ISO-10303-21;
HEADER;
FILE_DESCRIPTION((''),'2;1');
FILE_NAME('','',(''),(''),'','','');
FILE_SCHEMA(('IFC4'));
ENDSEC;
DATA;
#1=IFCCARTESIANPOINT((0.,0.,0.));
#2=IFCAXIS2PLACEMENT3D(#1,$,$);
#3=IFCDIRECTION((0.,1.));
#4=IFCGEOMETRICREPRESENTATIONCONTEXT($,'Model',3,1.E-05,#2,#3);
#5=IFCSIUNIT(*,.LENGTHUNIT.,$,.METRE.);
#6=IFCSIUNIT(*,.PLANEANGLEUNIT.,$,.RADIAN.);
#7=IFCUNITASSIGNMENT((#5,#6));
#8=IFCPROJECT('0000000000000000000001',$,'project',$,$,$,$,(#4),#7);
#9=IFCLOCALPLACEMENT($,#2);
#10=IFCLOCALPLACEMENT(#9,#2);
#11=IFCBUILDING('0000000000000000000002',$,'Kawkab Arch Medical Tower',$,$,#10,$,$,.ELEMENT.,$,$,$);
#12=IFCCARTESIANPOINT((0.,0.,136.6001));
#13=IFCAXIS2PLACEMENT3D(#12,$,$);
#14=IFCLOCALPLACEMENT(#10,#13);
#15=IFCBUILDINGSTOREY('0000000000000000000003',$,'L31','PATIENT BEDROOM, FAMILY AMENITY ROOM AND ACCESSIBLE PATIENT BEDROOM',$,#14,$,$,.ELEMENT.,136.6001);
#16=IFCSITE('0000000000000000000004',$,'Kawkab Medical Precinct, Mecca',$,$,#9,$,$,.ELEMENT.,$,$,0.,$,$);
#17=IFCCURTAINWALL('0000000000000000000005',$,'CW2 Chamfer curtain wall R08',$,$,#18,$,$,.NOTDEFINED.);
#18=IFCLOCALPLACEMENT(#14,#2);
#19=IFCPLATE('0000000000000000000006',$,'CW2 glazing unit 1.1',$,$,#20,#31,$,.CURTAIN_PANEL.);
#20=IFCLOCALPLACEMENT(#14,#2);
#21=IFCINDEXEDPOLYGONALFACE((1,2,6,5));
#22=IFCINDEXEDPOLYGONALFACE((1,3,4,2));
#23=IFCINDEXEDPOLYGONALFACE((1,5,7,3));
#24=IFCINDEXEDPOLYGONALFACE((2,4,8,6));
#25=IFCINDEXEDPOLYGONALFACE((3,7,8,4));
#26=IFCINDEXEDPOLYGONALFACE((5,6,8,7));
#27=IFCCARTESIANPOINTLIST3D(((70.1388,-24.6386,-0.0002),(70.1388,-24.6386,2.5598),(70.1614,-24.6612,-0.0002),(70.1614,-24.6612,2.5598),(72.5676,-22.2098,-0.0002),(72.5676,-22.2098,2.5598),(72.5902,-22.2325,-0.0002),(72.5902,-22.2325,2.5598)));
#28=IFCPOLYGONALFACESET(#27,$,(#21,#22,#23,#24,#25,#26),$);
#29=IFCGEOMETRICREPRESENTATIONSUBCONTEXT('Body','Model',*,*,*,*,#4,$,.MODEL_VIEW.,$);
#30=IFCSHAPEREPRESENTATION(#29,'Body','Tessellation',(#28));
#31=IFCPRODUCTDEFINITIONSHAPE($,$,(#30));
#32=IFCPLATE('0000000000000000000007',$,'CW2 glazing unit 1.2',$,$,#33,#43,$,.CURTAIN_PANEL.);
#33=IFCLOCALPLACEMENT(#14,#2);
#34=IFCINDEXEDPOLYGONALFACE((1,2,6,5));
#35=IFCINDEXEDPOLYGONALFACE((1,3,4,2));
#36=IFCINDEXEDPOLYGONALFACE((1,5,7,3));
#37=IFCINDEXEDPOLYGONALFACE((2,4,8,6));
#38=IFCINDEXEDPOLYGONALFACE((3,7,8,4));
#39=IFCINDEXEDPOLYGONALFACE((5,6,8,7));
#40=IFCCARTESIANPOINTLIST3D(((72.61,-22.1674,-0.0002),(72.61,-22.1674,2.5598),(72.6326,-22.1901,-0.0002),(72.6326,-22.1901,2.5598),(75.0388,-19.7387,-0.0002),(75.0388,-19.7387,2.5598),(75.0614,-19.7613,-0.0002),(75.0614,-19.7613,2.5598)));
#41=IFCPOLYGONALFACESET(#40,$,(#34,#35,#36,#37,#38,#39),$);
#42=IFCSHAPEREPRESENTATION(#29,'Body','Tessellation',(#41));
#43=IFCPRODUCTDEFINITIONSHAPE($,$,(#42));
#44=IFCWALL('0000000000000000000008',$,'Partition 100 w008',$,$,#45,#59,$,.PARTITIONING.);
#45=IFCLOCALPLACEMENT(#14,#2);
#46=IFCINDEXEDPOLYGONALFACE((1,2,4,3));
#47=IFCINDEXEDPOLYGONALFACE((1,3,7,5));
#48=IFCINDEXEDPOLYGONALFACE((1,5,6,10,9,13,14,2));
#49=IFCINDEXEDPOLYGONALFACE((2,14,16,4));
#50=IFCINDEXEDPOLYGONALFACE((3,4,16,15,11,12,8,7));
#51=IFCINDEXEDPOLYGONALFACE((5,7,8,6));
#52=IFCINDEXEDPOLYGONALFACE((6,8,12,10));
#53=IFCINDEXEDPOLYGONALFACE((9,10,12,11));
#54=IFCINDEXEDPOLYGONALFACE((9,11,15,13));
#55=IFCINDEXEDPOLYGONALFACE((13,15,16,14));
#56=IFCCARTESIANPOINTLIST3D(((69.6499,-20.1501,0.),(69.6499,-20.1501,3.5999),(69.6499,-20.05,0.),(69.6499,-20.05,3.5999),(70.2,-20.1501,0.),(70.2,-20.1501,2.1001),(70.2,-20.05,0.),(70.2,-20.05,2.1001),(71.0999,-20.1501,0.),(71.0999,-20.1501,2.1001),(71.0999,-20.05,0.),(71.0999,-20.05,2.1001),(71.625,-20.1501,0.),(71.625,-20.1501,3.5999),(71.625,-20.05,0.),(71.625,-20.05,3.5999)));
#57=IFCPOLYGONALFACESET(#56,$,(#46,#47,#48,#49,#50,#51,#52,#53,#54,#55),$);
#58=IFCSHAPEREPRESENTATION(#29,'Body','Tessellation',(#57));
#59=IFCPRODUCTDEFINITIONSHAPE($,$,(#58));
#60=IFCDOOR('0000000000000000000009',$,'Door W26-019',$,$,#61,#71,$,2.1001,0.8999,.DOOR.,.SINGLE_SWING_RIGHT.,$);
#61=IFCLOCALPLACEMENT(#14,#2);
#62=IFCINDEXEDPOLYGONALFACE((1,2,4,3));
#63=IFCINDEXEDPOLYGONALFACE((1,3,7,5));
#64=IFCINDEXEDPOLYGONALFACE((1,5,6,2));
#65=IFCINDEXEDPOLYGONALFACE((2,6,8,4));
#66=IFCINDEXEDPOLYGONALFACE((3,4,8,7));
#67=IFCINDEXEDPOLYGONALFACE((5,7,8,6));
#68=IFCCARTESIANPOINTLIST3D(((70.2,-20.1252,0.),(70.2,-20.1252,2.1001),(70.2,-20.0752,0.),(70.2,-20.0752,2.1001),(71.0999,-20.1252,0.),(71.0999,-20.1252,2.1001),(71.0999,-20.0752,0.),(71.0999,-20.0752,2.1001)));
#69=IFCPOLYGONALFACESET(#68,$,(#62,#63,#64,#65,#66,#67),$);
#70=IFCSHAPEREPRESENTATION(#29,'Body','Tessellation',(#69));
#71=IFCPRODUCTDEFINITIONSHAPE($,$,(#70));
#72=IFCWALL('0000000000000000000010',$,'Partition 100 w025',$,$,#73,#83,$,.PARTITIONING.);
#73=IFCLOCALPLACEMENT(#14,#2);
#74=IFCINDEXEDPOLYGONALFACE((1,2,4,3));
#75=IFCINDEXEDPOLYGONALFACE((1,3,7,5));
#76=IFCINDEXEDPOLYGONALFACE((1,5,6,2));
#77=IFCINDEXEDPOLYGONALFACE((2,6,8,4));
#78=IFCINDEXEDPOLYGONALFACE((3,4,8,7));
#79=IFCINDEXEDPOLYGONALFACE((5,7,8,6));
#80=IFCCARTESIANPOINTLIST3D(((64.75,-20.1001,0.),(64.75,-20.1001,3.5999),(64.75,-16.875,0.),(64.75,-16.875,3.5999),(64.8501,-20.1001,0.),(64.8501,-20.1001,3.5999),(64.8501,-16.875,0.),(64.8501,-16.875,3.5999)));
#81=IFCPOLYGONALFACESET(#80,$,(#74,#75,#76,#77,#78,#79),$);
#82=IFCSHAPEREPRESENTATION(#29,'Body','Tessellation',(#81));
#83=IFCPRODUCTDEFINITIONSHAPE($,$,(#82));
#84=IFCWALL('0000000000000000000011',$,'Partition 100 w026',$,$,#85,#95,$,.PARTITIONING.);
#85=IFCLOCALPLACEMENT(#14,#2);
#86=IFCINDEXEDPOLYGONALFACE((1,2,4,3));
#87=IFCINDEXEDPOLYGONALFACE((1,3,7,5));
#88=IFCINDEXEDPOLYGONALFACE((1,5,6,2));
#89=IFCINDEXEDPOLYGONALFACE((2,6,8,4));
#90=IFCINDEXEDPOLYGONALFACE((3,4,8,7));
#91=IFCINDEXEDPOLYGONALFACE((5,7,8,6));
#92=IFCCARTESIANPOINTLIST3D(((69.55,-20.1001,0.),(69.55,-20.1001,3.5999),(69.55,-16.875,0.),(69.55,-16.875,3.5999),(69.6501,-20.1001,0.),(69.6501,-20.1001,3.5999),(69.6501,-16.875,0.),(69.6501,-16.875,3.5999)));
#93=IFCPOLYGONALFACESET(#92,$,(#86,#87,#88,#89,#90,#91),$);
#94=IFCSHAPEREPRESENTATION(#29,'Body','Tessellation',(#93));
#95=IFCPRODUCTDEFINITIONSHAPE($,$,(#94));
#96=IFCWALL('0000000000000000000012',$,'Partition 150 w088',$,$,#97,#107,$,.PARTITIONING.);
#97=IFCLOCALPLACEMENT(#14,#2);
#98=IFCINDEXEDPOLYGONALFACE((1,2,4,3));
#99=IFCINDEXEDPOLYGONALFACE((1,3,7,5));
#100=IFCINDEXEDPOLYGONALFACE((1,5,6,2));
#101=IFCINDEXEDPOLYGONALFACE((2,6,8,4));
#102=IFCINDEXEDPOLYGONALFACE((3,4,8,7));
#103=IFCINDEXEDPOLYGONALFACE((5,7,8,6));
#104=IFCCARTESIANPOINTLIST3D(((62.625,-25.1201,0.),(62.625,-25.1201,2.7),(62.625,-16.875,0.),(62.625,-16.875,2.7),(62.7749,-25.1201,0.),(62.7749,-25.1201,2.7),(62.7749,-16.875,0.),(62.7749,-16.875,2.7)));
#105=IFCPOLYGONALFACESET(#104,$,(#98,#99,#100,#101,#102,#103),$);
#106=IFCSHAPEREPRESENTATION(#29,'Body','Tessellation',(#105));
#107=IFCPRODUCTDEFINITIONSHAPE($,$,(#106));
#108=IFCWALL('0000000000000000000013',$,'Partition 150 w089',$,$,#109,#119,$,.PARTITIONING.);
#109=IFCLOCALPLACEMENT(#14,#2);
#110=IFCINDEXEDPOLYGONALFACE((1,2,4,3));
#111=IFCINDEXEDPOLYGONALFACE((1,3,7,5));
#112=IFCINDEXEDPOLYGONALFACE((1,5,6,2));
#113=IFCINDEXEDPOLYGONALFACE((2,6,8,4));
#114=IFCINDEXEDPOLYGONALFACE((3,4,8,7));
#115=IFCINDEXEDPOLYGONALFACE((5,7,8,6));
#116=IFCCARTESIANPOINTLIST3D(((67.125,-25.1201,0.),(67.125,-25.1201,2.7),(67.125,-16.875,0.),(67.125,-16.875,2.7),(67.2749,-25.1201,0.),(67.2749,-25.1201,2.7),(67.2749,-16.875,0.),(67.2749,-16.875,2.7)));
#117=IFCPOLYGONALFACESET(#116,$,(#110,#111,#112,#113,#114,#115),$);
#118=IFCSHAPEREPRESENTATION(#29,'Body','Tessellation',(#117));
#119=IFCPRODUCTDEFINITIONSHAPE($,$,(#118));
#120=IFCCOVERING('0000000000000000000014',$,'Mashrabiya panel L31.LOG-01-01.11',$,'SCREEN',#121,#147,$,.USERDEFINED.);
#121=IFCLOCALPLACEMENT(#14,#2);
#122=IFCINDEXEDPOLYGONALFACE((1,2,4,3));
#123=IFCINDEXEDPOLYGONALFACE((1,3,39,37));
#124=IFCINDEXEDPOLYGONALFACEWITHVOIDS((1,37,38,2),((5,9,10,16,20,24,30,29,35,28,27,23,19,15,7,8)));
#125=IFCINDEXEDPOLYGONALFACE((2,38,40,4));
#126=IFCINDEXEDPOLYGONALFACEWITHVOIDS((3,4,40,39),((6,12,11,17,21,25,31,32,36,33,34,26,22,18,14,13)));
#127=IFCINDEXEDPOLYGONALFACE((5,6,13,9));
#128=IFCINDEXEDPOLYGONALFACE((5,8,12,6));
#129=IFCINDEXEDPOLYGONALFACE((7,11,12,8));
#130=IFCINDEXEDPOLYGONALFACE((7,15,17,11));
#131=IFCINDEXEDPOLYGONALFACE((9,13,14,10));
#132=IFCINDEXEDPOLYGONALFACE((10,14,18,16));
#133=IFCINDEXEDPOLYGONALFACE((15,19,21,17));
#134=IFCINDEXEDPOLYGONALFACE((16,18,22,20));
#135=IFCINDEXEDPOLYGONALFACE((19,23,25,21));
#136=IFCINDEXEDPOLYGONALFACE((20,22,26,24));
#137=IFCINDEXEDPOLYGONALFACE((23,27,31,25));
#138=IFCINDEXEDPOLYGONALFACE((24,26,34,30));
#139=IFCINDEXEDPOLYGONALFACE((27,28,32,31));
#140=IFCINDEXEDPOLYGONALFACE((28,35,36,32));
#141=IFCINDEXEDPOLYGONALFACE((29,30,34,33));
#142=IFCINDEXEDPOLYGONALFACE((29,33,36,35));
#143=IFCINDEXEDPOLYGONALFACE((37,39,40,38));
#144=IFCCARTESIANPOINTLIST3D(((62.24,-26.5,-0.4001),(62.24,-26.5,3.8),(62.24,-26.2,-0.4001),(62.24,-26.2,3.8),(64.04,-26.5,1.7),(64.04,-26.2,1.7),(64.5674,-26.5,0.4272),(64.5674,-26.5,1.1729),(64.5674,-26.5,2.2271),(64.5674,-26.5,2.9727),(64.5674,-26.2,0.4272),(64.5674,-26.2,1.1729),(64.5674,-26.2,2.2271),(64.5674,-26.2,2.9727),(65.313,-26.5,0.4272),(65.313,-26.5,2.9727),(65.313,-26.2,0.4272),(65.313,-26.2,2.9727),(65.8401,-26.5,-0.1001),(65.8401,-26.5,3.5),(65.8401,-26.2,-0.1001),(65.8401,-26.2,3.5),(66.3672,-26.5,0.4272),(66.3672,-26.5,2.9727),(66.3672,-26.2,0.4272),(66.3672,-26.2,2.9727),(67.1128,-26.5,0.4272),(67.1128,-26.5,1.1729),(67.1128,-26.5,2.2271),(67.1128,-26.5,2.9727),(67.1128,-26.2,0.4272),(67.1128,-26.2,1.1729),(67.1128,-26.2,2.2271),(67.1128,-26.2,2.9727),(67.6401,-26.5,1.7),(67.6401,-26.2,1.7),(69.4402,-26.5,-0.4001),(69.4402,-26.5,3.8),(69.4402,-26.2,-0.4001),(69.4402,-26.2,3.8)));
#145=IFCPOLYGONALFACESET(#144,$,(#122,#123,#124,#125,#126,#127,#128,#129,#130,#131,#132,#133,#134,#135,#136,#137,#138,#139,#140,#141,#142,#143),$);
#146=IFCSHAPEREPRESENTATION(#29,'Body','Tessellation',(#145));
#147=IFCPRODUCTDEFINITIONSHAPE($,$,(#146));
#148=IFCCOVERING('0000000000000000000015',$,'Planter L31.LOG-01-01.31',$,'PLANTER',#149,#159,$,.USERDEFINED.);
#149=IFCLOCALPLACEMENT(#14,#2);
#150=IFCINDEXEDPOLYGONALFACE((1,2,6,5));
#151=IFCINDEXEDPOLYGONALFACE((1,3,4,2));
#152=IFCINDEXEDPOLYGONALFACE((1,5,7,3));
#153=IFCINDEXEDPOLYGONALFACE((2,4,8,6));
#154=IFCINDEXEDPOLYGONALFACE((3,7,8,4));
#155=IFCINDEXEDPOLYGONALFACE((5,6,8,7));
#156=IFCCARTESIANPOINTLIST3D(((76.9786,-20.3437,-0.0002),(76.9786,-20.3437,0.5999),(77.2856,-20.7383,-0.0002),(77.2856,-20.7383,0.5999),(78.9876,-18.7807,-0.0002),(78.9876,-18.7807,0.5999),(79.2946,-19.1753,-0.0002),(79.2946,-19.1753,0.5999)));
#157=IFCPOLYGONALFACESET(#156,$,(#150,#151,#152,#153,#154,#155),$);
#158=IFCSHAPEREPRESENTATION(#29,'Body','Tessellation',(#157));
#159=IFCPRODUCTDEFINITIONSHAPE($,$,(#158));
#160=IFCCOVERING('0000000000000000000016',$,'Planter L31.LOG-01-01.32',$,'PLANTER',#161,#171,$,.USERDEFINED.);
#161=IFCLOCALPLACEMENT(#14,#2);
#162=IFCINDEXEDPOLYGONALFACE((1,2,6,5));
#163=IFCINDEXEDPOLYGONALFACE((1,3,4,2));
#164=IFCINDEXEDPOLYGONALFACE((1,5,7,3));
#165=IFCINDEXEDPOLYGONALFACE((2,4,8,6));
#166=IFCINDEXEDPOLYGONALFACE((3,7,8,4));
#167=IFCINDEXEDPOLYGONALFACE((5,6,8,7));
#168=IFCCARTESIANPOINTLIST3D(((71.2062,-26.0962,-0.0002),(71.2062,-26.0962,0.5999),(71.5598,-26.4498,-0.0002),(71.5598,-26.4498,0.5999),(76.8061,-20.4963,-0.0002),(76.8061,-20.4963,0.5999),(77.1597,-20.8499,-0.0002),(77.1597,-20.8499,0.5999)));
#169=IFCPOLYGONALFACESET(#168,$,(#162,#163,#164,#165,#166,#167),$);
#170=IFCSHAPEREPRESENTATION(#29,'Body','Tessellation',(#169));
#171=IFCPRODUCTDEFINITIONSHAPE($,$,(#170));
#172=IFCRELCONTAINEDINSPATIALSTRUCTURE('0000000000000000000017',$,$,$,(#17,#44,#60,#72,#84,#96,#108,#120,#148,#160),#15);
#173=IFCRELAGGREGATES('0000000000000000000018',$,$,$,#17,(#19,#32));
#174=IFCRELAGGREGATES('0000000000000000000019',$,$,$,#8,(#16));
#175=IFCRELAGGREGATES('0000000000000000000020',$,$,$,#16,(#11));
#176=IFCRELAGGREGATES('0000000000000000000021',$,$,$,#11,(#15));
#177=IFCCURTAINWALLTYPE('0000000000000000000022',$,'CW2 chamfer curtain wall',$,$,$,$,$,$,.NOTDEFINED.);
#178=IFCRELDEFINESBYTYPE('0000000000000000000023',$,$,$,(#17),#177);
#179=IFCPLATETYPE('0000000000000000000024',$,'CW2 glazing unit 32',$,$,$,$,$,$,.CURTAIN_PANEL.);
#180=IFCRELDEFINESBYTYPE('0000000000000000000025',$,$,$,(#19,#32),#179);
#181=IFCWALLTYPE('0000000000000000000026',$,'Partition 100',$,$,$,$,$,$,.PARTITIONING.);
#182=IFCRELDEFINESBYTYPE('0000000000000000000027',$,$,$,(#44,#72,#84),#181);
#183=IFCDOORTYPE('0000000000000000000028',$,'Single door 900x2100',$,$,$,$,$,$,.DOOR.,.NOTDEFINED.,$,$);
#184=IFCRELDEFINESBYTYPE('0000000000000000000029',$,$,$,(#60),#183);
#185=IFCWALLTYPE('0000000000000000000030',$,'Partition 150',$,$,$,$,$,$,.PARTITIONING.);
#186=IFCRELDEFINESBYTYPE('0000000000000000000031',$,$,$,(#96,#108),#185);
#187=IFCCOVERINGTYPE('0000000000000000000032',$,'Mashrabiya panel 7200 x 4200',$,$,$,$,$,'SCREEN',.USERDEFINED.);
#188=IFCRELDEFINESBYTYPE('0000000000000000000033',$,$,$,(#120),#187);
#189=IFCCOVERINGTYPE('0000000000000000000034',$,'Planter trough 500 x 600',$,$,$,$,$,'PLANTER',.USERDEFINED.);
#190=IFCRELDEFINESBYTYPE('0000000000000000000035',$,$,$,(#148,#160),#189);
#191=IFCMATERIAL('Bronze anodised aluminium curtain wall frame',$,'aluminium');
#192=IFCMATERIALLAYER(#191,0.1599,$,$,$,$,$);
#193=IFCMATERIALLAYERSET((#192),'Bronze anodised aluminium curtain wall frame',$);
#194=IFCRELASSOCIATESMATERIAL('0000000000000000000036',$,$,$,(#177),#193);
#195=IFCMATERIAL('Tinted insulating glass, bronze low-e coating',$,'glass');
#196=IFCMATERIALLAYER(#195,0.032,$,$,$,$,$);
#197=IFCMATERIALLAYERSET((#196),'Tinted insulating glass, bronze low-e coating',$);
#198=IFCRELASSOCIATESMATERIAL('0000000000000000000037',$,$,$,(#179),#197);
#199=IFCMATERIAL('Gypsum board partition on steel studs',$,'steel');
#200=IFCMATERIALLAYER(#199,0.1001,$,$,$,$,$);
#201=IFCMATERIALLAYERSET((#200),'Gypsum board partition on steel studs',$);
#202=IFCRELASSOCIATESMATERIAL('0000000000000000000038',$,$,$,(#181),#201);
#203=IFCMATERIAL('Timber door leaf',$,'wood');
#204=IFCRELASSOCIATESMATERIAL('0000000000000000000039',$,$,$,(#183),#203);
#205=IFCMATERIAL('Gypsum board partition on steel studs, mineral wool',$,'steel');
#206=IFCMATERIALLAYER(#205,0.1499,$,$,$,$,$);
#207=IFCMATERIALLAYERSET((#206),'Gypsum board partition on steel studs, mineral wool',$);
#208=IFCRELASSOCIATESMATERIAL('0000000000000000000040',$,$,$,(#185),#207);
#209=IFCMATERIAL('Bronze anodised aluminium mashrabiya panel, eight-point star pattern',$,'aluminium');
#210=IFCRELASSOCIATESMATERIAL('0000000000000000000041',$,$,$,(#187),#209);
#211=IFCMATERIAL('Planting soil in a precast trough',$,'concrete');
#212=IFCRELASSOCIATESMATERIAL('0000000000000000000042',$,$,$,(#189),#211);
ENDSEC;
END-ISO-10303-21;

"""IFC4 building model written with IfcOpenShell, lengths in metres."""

from ifc_helpers import new_model, si_unit, direction, frame, frame_2d, origin, origin_2d, place, context, subcontext, project, spatial, polyline, rectangle, outline, extrude, material, layer, layer_set, material_profile, profile_set, type_object, element, fill, aggregate, save


model = new_model("IFC4")

# Units and contexts
model_context = context("Model", 3, precision=1e-05, world=origin(), true_north=direction((0.0, 1.0)))
body_context = subcontext(model_context, "Body", "Model", "MODEL_VIEW")
ifc_project = project(units=[si_unit("LENGTHUNIT", "METRE"), si_unit("PLANEANGLEUNIT", "RADIAN")], contexts=[model_context])

# Site, building, storey
site_placement = place(None, origin())
site = spatial("IfcSite", under=ifc_project, at=site_placement, Name="Kawkab Medical Precinct, Mecca", CompositionType="ELEMENT", RefElevation=0.0)
building_placement = place(site_placement, origin())
building = spatial("IfcBuilding", under=site, at=building_placement, Name="Kawkab Arch Medical Tower", CompositionType="ELEMENT")
storey_placement = place(building_placement, frame((0.0, 0.0, 136.6001)))
storey = spatial("IfcBuildingStorey", under=building, at=storey_placement, Name="L31", Description="PATIENT BEDROOM, FAMILY AMENITY ROOM AND ACCESSIBLE PATIENT BEDROOM", CompositionType="ELEMENT", Elevation=136.6001)

# Shared definitions
placement = place(storey_placement, origin())

# Curtain wall
ifc_material_1 = material(Name="Bronze anodised aluminium curtain wall frame", Category="aluminium")
ifc_layer_1 = layer(ifc_material_1, 0.1599)
ifc_layer_set_1 = layer_set([ifc_layer_1], Name="Bronze anodised aluminium curtain wall frame")
curtain_wall_type_1 = type_object("IfcCurtainWallType", Name="CW2 chamfer curtain wall", PredefinedType="NOTDEFINED", material=ifc_layer_set_1)
curtain_wall_1 = element("IfcCurtainWall", 1, at=placement, inside=storey, type_object=curtain_wall_type_1, Name="CW2 Chamfer curtain wall R08", PredefinedType="NOTDEFINED")

# Plates
ifc_material_2 = material(Name="Tinted insulating glass, bronze low-e coating", Category="glass")
ifc_layer_2 = layer(ifc_material_2, 0.032)
ifc_layer_set_2 = layer_set([ifc_layer_2], Name="Tinted insulating glass, bronze low-e coating")
plate_type_1 = type_object("IfcPlateType", Name="CW2 glazing unit 32", PredefinedType="CURTAIN_PANEL", material=ifc_layer_set_2)
plate_1_placement = place(storey_placement, frame((71.3645, -23.4355, -0.0002), z_axis=(0.0, 0.0, 1.0), x_axis=(0.707107, 0.707107, 0.0)))
plate_1 = element("IfcPlate", 2, at=plate_1_placement, type_object=plate_type_1, Name="CW2 glazing unit 1.1", PredefinedType="CURTAIN_PANEL", context=body_context, shape_type="SweptSolid", body=[
    extrude(rectangle(XDim=3.4348, YDim=0.032, at=origin_2d()), origin(), (0.0, 0.0, 1.0), 2.5601),
])
plate_2_placement = place(storey_placement, frame((73.8357, -20.9644, -0.0002), z_axis=(0.0, 0.0, 1.0), x_axis=(0.707107, 0.707107, 0.0)))
plate_2 = element("IfcPlate", 3, at=plate_2_placement, type_object=plate_type_1, Name="CW2 glazing unit 1.2", PredefinedType="CURTAIN_PANEL", context=body_context, shape_type="SweptSolid", body=[
    extrude(rectangle(XDim=3.4348, YDim=0.032, at=origin_2d()), origin(), (0.0, 0.0, 1.0), 2.5601),
])
aggregate(curtain_wall_1, [plate_1, plate_2])

# Wall, opening, door
ifc_material_3 = material(Name="Gypsum board partition on steel studs", Category="steel")
ifc_layer_3 = layer(ifc_material_3, 0.1001)
ifc_layer_set_3 = layer_set([ifc_layer_3], Name="Gypsum board partition on steel studs")
wall_type_1 = type_object("IfcWallType", Name="Partition 100", PredefinedType="PARTITIONING", material=ifc_layer_set_3)
wall_1_placement = place(storey_placement, frame((69.6499, -20.1001, 0.0), z_axis=(0.0, 0.0, 1.0), x_axis=(1.0, 0.0, 0.0)))
wall_1 = element("IfcWall", 4, at=wall_1_placement, inside=storey, type_object=wall_type_1, Name="Partition 100 w008", PredefinedType="PARTITIONING", context=body_context, shape_type="SweptSolid", body=[
    extrude(rectangle(XDim=1.9751, YDim=0.1001, at=frame_2d((0.9875, 0.0))), origin(), (0.0, 0.0, 1.0), 3.5999),
])
opening_placement = place(wall_1_placement, frame((0.55, 0.0, 0.0)))
opening = element("IfcOpeningElement", 5, at=opening_placement, cuts=wall_1, PredefinedType="OPENING", context=body_context, shape_type="SweptSolid", body=[
    extrude(rectangle(XDim=0.8999, YDim=2.1001, at=frame_2d((0.45, 1.05))), frame((0.0, 0.0601, 0.0), z_axis=(0.0, -1.0, 0.0), x_axis=(1.0, 0.0, 0.0)), (0.0, 0.0, 1.0), 0.1201),
])
ifc_material_4 = material(Name="Timber door leaf", Category="wood")
door_type = type_object("IfcDoorType", Name="Single door 900x2100", OperationType="NOTDEFINED", PredefinedType="DOOR", material=ifc_material_4)
door_placement = place(opening_placement, origin())
door = element("IfcDoor", 6, at=door_placement, inside=storey, type_object=door_type, Name="Door W26-019", OperationType="SINGLE_SWING_RIGHT", OverallHeight=2.1001, OverallWidth=0.8999, PredefinedType="DOOR", context=body_context, shape_type="SweptSolid", body=[
    extrude(rectangle(XDim=0.8999, YDim=2.1001, at=frame_2d((0.45, 1.05))), frame((0.0, 0.0249, 0.0), z_axis=(0.0, -1.0, 0.0), x_axis=(1.0, 0.0, 0.0)), (0.0, 0.0, 1.0), 0.05),
])
fill(opening, door)

# Walls
for number, where, z_axis, x_axis, name in (
    (7, (64.8, -20.1001, 0.0), (0.0, 0.0, 1.0), (0.0, 1.0, 0.0), "Partition 100 w025"),
    (8, (69.6001, -20.1001, 0.0), (0.0, 0.0, 1.0), (0.0, 1.0, 0.0), "Partition 100 w026"),
):
    element("IfcWall", number, at=place(storey_placement, frame(where, z_axis=z_axis, x_axis=x_axis)), inside=storey, type_object=wall_type_1, Name=name, PredefinedType="PARTITIONING", context=body_context, shape_type="SweptSolid", body=[
        extrude(rectangle(XDim=3.2251, YDim=0.1001, at=frame_2d((1.6125, 0.0))), origin(), (0.0, 0.0, 1.0), 3.5999),
    ])
ifc_material_5 = material(Name="Gypsum board partition on steel studs, mineral wool", Category="steel")
ifc_layer_4 = layer(ifc_material_5, 0.1499)
ifc_layer_set_4 = layer_set([ifc_layer_4], Name="Gypsum board partition on steel studs, mineral wool")
wall_type_2 = type_object("IfcWallType", Name="Partition 150", PredefinedType="PARTITIONING", material=ifc_layer_set_4)
for number, where, z_axis, x_axis, name in (
    (9, (62.7, -25.1201, 0.0), (0.0, 0.0, 1.0), (0.0, 1.0, 0.0), "Partition 150 w088"),
    (10, (67.2, -25.1201, 0.0), (0.0, 0.0, 1.0), (0.0, 1.0, 0.0), "Partition 150 w089"),
):
    element("IfcWall", number, at=place(storey_placement, frame(where, z_axis=z_axis, x_axis=x_axis)), inside=storey, type_object=wall_type_2, Name=name, PredefinedType="PARTITIONING", context=body_context, shape_type="SweptSolid", body=[
        extrude(rectangle(XDim=8.2451, YDim=0.1499, at=frame_2d((4.1226, 0.0))), origin(), (0.0, 0.0, 1.0), 2.7),
    ])

# Coverings
ifc_material_6 = material(Name="Bronze anodised aluminium mashrabiya panel, eight-point star pattern", Category="aluminium")
ifc_material_profile_1 = material_profile(ifc_material_6, outline(polyline([(-3.6001, -2.1001), (3.6001, -2.1001), (3.6001, 2.1001), (-3.6001, 2.1001), (-3.6001, -2.1001)]), holes=[polyline([(1.8, 0.0), (1.2727, 0.5271), (1.2727, 1.2727), (0.5271, 1.2727), (0.0, 1.8), (-0.5271, 1.2727), (-1.2727, 1.2727), (-1.2727, 0.5271), (-1.8, 0.0), (-1.2727, -0.5271), (-1.2727, -1.2727), (-0.5271, -1.2727), (0.0, -1.8), (0.5271, -1.2727), (1.2727, -1.2727), (1.2727, -0.5271), (1.8, 0.0)])]), Name="Mashrabiya panel 7200x4200")
ifc_profile_set_1 = profile_set([ifc_material_profile_1], Name="Bronze anodised aluminium mashrabiya panel, eight-point star pattern")
covering_type_1 = type_object("IfcCoveringType", Name="Mashrabiya panel 7200 x 4200", ElementType="SCREEN", PredefinedType="USERDEFINED", material=ifc_profile_set_1)
covering_1_placement = place(storey_placement, frame((65.8401, -26.2, 1.7), z_axis=(0.0, -1.0, 0.0), x_axis=(1.0, 0.0, 0.0)))
element("IfcCovering", 11, at=covering_1_placement, inside=storey, type_object=covering_type_1, Name="Mashrabiya panel L31.LOG-01-01.11", ObjectType="SCREEN", PredefinedType="USERDEFINED", context=body_context, shape_type="SweptSolid", body=[
    extrude(outline(polyline([(-3.6001, -2.1001), (3.6001, -2.1001), (3.6001, 2.1001), (-3.6001, 2.1001), (-3.6001, -2.1001)]), holes=[polyline([(1.8, 0.0), (1.2727, 0.5271), (1.2727, 1.2727), (0.5271, 1.2727), (0.0, 1.8), (-0.5271, 1.2727), (-1.2727, 1.2727), (-1.2727, 0.5271), (-1.8, 0.0), (-1.2727, -0.5271), (-1.2727, -1.2727), (-0.5271, -1.2727), (0.0, -1.8), (0.5271, -1.2727), (1.2727, -1.2727), (1.2727, -0.5271), (1.8, 0.0)])]), origin(), (0.0, 0.0, 1.0), 0.3),
])
ifc_material_7 = material(Name="Planting soil in a precast trough", Category="concrete")
ifc_material_profile_2 = material_profile(ifc_material_7, rectangle(XDim=0.5, YDim=0.6001, at=origin_2d()), Name="Trough 500x600")
ifc_profile_set_2 = profile_set([ifc_material_profile_2], Name="Planting soil in a precast trough")
covering_type_2 = type_object("IfcCoveringType", Name="Planter trough 500 x 600", ElementType="PLANTER", PredefinedType="USERDEFINED", material=ifc_profile_set_2)
covering_2_placement = place(storey_placement, frame((79.1411, -18.978, 0.2998), z_axis=(-0.789275, -0.61404, 0.0), x_axis=(0.61404, -0.789275, 0.0)))
element("IfcCovering", 12, at=covering_2_placement, inside=storey, type_object=covering_type_2, Name="Planter L31.LOG-01-01.31", ObjectType="PLANTER", PredefinedType="USERDEFINED", context=body_context, shape_type="SweptSolid", body=[
    extrude(rectangle(XDim=0.5, YDim=0.6001, at=origin_2d()), origin(), (0.0, 0.0, 1.0), 2.5454),
])
covering_3_placement = place(storey_placement, frame((76.9829, -20.6731, 0.2998), z_axis=(-0.707107, -0.707107, 0.0), x_axis=(0.707107, -0.707107, 0.0)))
element("IfcCovering", 13, at=covering_3_placement, inside=storey, type_object=covering_type_2, Name="Planter L31.LOG-01-01.32", ObjectType="PLANTER", PredefinedType="USERDEFINED", context=body_context, shape_type="SweptSolid", body=[
    extrude(rectangle(XDim=0.5, YDim=0.6001, at=origin_2d()), origin(), (0.0, 0.0, 1.0), 7.9194),
])

save(model, "model.ifc")
